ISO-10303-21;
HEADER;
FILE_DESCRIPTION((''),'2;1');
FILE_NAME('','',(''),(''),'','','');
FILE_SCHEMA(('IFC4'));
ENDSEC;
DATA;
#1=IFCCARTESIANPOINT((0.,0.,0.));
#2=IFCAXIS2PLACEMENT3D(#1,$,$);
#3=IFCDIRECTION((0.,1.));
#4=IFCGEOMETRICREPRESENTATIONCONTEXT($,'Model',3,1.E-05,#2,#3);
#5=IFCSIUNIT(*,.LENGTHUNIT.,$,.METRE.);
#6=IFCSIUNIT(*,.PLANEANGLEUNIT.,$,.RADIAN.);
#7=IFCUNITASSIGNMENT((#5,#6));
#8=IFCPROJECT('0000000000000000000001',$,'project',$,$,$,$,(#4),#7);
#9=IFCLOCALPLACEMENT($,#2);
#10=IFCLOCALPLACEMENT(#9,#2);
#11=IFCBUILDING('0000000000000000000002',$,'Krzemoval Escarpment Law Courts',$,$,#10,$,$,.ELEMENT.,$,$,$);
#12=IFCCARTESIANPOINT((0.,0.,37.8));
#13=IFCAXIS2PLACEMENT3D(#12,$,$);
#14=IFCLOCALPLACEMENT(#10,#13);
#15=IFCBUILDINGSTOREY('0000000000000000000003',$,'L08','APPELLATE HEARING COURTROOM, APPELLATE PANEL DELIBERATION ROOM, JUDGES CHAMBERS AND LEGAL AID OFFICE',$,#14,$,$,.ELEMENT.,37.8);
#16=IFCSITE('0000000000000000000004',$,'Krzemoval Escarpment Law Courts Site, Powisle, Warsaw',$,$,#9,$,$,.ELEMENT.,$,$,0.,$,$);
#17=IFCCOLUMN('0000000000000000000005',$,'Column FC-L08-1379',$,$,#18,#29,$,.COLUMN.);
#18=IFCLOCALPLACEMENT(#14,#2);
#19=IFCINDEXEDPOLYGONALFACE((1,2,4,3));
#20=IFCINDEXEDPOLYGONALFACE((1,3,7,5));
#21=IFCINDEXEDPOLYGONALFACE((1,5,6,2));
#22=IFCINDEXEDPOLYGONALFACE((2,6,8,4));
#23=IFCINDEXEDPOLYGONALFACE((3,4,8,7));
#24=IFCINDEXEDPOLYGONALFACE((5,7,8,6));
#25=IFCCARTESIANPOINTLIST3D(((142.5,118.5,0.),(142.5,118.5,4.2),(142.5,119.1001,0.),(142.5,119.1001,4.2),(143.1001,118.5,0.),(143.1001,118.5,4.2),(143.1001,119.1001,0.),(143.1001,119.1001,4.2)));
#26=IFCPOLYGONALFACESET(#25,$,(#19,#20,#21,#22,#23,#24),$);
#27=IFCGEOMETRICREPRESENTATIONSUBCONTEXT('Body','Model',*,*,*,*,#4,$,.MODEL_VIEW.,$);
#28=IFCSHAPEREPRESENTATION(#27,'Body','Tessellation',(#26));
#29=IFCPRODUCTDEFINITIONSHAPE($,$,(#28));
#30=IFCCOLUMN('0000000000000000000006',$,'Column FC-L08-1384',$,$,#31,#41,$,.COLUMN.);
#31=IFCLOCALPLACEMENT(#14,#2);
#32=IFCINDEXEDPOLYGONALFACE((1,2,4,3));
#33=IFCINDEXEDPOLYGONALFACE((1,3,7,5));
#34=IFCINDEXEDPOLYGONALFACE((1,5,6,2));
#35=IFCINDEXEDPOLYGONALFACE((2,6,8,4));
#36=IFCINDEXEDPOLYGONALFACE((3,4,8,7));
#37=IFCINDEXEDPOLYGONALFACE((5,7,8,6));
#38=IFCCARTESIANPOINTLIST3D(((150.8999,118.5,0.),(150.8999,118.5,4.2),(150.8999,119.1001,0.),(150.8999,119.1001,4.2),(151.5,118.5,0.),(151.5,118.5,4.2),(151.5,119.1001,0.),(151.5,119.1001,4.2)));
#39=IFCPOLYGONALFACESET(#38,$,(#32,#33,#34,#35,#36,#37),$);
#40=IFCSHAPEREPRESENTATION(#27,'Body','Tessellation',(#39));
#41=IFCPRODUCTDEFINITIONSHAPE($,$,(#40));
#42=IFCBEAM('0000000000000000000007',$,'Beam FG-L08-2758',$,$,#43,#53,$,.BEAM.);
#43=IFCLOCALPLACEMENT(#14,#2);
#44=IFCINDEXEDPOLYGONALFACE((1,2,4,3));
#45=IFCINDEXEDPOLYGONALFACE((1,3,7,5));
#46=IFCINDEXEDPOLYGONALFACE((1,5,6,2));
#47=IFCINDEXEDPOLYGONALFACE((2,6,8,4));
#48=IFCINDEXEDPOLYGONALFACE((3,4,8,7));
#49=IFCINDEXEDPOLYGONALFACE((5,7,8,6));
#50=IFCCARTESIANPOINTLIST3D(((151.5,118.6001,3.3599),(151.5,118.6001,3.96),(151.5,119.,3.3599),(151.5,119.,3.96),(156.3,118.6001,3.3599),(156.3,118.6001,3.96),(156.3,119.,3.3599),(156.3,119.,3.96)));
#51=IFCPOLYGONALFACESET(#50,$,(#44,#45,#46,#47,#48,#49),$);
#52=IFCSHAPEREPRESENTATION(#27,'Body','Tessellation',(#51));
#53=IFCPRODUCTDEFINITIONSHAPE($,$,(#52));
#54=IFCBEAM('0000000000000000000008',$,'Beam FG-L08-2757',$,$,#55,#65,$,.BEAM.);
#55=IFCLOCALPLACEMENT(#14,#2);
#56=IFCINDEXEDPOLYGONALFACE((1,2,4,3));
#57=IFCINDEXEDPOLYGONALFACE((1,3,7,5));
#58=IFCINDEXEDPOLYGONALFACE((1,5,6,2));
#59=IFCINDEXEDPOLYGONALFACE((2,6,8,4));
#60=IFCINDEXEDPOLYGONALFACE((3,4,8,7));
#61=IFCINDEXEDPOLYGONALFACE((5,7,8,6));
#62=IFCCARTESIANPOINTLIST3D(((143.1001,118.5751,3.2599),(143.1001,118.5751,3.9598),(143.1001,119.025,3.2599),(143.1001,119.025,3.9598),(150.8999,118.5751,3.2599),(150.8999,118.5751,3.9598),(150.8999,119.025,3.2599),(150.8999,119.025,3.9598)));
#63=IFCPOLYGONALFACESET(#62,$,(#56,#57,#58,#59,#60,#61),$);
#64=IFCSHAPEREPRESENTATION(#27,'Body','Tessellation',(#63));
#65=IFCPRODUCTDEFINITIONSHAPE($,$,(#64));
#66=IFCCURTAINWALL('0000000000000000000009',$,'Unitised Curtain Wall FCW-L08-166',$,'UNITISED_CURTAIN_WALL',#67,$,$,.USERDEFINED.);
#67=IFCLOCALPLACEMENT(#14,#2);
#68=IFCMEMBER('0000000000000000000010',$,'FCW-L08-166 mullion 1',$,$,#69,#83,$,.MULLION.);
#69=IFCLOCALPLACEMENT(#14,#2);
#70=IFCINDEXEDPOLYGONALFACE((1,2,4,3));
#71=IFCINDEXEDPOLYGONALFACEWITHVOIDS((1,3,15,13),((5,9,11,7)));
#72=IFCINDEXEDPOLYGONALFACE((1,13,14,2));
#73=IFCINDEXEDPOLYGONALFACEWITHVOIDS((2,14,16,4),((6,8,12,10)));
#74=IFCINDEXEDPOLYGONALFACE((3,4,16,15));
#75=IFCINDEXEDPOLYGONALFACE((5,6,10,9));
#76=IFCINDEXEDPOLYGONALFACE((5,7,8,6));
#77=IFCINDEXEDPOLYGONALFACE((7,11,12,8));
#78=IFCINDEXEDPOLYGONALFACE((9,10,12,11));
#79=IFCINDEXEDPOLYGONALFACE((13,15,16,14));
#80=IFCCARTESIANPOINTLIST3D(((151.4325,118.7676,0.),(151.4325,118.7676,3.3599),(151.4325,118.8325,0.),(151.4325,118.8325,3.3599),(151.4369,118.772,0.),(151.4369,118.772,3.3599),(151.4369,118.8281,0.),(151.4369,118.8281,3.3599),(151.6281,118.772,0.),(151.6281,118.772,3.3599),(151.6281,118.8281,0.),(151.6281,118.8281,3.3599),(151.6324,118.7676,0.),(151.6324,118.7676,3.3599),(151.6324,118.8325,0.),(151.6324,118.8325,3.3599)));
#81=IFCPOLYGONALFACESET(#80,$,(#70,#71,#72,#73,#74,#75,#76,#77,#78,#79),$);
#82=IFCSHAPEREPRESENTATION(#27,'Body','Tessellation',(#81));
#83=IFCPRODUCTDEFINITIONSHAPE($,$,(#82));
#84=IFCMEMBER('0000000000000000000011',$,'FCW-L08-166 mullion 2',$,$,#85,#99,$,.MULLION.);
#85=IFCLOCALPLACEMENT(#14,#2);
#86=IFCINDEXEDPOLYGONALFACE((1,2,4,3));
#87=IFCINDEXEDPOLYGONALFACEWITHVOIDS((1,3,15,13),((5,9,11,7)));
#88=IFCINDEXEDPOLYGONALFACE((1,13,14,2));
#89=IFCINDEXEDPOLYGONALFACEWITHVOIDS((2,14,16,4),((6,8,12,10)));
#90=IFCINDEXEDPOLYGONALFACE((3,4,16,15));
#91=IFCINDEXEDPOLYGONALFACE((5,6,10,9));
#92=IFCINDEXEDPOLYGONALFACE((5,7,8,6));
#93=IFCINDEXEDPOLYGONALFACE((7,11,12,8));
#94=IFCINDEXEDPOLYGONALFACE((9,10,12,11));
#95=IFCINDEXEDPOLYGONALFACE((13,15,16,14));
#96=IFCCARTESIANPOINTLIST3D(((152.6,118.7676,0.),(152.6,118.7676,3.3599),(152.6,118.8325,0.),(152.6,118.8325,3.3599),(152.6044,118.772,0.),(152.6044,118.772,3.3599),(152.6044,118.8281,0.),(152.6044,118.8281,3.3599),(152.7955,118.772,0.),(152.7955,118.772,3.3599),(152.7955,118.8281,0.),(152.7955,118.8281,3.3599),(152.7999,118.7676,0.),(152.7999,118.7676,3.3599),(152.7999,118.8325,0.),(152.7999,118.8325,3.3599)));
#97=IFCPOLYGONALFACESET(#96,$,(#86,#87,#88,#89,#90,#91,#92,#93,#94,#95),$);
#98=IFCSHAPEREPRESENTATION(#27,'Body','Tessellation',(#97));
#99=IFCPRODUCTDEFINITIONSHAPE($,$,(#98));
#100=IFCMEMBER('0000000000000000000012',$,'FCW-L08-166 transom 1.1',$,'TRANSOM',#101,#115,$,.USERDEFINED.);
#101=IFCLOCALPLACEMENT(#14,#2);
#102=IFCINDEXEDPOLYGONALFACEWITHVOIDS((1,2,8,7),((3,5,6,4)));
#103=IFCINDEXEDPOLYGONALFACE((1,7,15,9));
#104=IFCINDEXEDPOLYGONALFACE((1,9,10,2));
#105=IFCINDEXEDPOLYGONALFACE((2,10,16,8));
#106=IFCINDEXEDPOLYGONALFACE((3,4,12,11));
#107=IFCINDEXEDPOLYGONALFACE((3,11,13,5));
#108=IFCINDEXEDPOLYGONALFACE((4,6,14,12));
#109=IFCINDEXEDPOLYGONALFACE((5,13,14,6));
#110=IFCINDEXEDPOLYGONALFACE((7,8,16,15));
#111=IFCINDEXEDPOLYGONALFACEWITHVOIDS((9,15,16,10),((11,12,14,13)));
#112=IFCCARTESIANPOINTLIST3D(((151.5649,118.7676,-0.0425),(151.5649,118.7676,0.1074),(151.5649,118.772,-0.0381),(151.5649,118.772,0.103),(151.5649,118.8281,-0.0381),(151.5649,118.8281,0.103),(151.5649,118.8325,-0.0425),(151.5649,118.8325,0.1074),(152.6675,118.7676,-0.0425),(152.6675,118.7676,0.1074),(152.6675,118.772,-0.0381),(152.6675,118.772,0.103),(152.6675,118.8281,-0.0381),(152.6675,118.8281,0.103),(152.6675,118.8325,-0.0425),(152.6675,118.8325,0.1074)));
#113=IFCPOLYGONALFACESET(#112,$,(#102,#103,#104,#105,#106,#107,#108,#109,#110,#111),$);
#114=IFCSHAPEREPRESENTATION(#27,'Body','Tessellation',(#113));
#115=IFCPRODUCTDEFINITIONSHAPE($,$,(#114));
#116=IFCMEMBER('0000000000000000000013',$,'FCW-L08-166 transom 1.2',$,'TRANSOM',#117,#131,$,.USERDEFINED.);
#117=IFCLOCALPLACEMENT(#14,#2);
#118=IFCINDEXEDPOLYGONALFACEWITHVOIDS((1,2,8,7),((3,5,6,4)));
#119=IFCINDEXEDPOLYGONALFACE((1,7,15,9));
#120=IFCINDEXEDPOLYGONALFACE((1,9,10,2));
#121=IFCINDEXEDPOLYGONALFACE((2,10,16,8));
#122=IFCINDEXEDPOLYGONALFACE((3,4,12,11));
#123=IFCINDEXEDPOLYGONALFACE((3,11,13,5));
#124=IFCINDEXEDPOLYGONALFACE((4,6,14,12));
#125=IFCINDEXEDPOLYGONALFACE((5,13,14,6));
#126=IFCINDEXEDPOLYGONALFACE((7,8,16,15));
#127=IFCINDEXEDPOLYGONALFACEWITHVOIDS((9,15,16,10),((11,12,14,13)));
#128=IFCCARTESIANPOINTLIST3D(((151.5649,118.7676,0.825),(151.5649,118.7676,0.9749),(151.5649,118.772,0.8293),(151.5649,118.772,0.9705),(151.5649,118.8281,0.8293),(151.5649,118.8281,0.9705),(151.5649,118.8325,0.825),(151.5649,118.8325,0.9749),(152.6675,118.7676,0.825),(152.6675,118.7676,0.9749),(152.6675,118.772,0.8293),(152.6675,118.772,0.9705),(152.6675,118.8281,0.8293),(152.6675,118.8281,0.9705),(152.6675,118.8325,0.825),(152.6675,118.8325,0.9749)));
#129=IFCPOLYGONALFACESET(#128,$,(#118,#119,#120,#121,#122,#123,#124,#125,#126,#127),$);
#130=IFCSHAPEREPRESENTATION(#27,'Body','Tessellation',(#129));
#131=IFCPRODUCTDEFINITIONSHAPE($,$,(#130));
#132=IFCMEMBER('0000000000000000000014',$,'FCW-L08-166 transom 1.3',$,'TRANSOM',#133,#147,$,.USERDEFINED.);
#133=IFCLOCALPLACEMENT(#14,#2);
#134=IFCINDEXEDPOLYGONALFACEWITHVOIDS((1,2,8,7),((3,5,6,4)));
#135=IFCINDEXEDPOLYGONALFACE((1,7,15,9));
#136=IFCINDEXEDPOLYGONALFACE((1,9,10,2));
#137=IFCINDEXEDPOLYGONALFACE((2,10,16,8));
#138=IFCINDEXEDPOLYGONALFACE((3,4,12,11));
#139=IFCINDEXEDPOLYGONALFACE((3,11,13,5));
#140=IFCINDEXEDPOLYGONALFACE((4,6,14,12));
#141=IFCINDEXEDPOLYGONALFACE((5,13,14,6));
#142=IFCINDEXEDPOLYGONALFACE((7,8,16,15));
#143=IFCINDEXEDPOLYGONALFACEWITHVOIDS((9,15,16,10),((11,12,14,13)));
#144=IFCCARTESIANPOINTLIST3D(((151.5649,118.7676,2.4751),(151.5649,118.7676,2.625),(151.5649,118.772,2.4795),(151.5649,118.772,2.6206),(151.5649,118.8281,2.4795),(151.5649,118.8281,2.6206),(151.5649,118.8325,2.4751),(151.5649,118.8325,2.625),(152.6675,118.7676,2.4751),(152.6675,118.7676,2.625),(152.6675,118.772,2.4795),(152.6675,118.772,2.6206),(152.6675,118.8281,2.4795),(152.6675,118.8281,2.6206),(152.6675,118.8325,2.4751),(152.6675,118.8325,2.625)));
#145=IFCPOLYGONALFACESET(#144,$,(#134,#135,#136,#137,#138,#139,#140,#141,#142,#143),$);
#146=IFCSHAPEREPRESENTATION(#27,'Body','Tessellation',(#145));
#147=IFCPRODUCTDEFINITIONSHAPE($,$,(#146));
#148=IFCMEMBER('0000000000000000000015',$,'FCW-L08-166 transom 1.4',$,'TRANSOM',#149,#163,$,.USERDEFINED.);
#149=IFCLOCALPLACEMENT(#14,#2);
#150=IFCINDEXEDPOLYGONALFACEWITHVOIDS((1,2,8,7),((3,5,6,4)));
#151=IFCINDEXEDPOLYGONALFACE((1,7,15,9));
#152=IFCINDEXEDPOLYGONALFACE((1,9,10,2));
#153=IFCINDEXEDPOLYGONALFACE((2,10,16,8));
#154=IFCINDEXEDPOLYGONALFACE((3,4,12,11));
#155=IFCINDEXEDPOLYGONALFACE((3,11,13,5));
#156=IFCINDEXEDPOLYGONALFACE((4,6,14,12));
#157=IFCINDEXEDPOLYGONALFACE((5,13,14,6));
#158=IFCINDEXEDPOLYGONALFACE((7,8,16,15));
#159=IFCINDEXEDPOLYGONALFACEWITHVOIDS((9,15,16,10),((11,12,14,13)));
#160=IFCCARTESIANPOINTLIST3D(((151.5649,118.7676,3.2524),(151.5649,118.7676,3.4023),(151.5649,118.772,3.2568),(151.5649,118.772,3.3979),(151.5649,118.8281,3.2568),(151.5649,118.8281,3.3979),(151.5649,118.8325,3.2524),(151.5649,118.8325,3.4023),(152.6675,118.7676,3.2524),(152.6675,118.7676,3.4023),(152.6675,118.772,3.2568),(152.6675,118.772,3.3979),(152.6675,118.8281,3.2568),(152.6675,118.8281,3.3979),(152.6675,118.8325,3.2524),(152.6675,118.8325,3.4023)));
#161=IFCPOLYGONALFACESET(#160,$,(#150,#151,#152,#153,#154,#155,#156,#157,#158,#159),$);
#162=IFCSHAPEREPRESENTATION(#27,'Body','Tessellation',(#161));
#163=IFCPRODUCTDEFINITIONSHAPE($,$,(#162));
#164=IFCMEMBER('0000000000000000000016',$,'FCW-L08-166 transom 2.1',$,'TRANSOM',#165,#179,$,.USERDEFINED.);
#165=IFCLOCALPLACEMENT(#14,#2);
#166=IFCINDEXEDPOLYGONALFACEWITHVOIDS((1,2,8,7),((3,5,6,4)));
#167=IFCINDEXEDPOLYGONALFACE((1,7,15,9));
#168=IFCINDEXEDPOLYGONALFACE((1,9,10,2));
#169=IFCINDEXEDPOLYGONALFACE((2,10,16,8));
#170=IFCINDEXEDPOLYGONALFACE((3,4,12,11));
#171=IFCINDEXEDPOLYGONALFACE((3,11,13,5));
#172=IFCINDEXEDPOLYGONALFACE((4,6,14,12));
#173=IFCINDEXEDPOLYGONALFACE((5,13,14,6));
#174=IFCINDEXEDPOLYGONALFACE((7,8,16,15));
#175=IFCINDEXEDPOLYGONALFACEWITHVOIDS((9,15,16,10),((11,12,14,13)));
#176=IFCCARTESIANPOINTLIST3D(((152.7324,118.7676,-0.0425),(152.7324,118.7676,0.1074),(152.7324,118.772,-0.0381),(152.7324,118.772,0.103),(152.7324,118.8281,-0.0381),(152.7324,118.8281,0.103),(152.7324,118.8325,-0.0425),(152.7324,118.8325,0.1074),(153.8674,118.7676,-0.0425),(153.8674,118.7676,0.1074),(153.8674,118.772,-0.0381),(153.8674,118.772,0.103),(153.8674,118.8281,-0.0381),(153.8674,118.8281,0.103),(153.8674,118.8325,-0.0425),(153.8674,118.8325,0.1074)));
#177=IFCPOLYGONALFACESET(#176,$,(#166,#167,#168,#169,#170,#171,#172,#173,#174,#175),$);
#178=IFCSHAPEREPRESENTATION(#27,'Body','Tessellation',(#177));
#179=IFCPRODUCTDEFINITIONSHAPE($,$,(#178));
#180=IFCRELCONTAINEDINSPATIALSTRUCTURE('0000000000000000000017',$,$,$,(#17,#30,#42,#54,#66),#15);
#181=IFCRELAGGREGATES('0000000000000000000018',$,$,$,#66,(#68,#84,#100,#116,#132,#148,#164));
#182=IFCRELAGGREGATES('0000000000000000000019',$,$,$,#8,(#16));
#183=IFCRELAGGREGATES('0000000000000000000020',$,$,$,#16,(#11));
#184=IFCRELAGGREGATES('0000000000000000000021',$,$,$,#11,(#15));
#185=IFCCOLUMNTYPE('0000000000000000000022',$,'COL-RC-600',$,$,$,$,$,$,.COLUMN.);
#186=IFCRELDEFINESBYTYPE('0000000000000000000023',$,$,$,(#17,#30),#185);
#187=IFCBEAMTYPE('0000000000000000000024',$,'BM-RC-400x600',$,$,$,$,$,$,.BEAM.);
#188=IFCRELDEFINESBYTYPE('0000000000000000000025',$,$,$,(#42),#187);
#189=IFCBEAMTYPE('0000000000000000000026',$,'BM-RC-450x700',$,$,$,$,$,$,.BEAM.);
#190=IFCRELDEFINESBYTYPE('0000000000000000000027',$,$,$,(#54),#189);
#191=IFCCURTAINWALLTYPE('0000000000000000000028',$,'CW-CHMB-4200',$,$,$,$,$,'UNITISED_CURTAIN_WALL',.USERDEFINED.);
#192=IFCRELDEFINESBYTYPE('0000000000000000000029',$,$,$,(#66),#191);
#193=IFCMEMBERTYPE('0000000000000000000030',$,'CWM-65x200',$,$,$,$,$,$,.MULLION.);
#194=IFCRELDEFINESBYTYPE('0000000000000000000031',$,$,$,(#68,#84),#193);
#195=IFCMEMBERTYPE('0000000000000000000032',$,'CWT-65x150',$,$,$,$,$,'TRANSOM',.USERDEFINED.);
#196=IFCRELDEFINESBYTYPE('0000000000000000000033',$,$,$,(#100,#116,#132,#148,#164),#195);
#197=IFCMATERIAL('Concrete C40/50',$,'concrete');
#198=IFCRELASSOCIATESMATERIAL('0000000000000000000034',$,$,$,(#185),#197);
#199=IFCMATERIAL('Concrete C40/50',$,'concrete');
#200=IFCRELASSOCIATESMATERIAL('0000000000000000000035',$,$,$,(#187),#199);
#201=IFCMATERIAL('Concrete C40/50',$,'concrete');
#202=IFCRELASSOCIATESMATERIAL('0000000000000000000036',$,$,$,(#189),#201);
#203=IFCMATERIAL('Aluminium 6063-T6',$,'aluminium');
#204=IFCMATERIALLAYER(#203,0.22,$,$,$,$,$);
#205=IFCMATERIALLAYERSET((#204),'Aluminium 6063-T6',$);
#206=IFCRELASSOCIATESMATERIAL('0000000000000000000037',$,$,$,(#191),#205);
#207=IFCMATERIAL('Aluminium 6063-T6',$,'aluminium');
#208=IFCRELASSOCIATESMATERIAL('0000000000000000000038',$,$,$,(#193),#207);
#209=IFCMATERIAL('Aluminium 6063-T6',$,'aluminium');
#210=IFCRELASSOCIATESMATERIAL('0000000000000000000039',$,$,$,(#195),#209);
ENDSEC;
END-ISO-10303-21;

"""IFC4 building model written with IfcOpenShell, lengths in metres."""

from ifc_helpers import new_model, si_unit, direction, frame, origin, origin_2d, place, context, subcontext, project, spatial, rectangle, hollow_rectangle, extrude, material, layer, layer_set, material_profile, profile_set, type_object, element, aggregate, save


model = new_model("IFC4")

# Units and contexts
model_context = context("Model", 3, precision=1e-05, world=origin(), true_north=direction((0.0, 1.0)))
body_context = subcontext(model_context, "Body", "Model", "MODEL_VIEW")
ifc_project = project(units=[si_unit("LENGTHUNIT", "METRE"), si_unit("PLANEANGLEUNIT", "RADIAN")], contexts=[model_context])

# Site, building, storey
site_placement = place(None, origin())
site = spatial("IfcSite", under=ifc_project, at=site_placement, Name="Krzemoval Escarpment Law Courts Site, Powisle, Warsaw", CompositionType="ELEMENT", RefElevation=0.0)
building_placement = place(site_placement, origin())
building = spatial("IfcBuilding", under=site, at=building_placement, Name="Krzemoval Escarpment Law Courts", CompositionType="ELEMENT")
storey_placement = place(building_placement, frame((0.0, 0.0, 37.8)))
storey = spatial("IfcBuildingStorey", under=building, at=storey_placement, Name="L08", Description="APPELLATE HEARING COURTROOM, APPELLATE PANEL DELIBERATION ROOM, JUDGES CHAMBERS AND LEGAL AID OFFICE", CompositionType="ELEMENT", Elevation=37.8)

# Columns
ifc_material_1 = material(Name="Concrete C40/50", Category="concrete")
ifc_material_profile_1 = material_profile(ifc_material_1, rectangle(XDim=0.6001, YDim=0.6001, at=origin_2d()), Name="RC 600x600")
ifc_profile_set_1 = profile_set([ifc_material_profile_1], Name="Concrete C40/50")
column_type = type_object("IfcColumnType", Name="COL-RC-600", PredefinedType="COLUMN", material=ifc_profile_set_1)
for number, where, z_axis, x_axis, name in (
    (1, (142.8, 118.8, 0.0), (0.0, 0.0, 1.0), (1.0, 0.0, 0.0), "Column FC-L08-1379"),
    (2, (151.2, 118.8, 0.0), (0.0, 0.0, 1.0), (1.0, 0.0, 0.0), "Column FC-L08-1384"),
):
    element("IfcColumn", number, at=place(storey_placement, frame(where, z_axis=z_axis, x_axis=x_axis)), inside=storey, type_object=column_type, Name=name, PredefinedType="COLUMN", context=body_context, shape_type="SweptSolid", body=[
        extrude(rectangle(XDim=0.6001, YDim=0.6001, at=origin_2d()), origin(), (0.0, 0.0, 1.0), 4.2),
    ])

# Beams
ifc_material_2 = material(Name="Concrete C40/50", Category="concrete")
ifc_material_profile_2 = material_profile(ifc_material_2, rectangle(XDim=0.3999, YDim=0.6001, at=origin_2d()), Name="RCB 400x600")
ifc_profile_set_2 = profile_set([ifc_material_profile_2], Name="Concrete C40/50")
beam_type_1 = type_object("IfcBeamType", Name="BM-RC-400x600", PredefinedType="BEAM", material=ifc_profile_set_2)
beam_1_placement = place(storey_placement, frame((151.5, 118.8, 3.6599), z_axis=(1.0, 0.0, 0.0), x_axis=(0.0, 1.0, 0.0)))
element("IfcBeam", 3, at=beam_1_placement, inside=storey, type_object=beam_type_1, Name="Beam FG-L08-2758", PredefinedType="BEAM", context=body_context, shape_type="SweptSolid", body=[
    extrude(rectangle(XDim=0.3999, YDim=0.6001, at=origin_2d()), origin(), (0.0, 0.0, 1.0), 4.8),
])
ifc_material_3 = material(Name="Concrete C40/50", Category="concrete")
ifc_material_profile_3 = material_profile(ifc_material_3, rectangle(XDim=0.45, YDim=0.7, at=origin_2d()), Name="RCB 450x700")
ifc_profile_set_3 = profile_set([ifc_material_profile_3], Name="Concrete C40/50")
beam_type_2 = type_object("IfcBeamType", Name="BM-RC-450x700", PredefinedType="BEAM", material=ifc_profile_set_3)
beam_2_placement = place(storey_placement, frame((143.1001, 118.8, 3.6099), z_axis=(1.0, 0.0, 0.0), x_axis=(0.0, 1.0, 0.0)))
element("IfcBeam", 4, at=beam_2_placement, inside=storey, type_object=beam_type_2, Name="Beam FG-L08-2757", PredefinedType="BEAM", context=body_context, shape_type="SweptSolid", body=[
    extrude(rectangle(XDim=0.45, YDim=0.7, at=origin_2d()), origin(), (0.0, 0.0, 1.0), 7.7998),
])

# Curtain wall, members
ifc_material_4 = material(Name="Aluminium 6063-T6", Category="aluminium")
ifc_layer_1 = layer(ifc_material_4, 0.22)
ifc_layer_set_1 = layer_set([ifc_layer_1], Name="Aluminium 6063-T6")
curtain_wall_type = type_object("IfcCurtainWallType", Name="CW-CHMB-4200", ElementType="UNITISED_CURTAIN_WALL", PredefinedType="USERDEFINED", material=ifc_layer_set_1)
curtain_wall_placement = place(storey_placement, origin())
curtain_wall = element("IfcCurtainWall", 5, at=curtain_wall_placement, inside=storey, type_object=curtain_wall_type, Name="Unitised Curtain Wall FCW-L08-166", ObjectType="UNITISED_CURTAIN_WALL", PredefinedType="USERDEFINED")
ifc_material_5 = material(Name="Aluminium 6063-T6", Category="aluminium")
ifc_material_profile_4 = material_profile(ifc_material_5, hollow_rectangle(XDim=0.0649, YDim=0.2, WallThickness=0.0044, at=origin_2d()), Name="ALU M65x200")
ifc_profile_set_4 = profile_set([ifc_material_profile_4], Name="Aluminium 6063-T6")
member_type_1 = type_object("IfcMemberType", Name="CWM-65x200", PredefinedType="MULLION", material=ifc_profile_set_4)
member_1_placement = place(storey_placement, frame((151.5325, 118.8, 0.0), z_axis=(0.0, 0.0, 1.0), x_axis=(0.0, 1.0, 0.0)))
member_1 = element("IfcMember", 6, at=member_1_placement, type_object=member_type_1, Name="FCW-L08-166 mullion 1", PredefinedType="MULLION", context=body_context, shape_type="SweptSolid", body=[
    extrude(hollow_rectangle(XDim=0.0649, YDim=0.2, WallThickness=0.0044, at=origin_2d()), origin(), (0.0, 0.0, 1.0), 3.3599),
])
member_2_placement = place(storey_placement, frame((152.7, 118.8, 0.0), z_axis=(0.0, 0.0, 1.0), x_axis=(0.0, 1.0, 0.0)))
member_2 = element("IfcMember", 7, at=member_2_placement, type_object=member_type_1, Name="FCW-L08-166 mullion 2", PredefinedType="MULLION", context=body_context, shape_type="SweptSolid", body=[
    extrude(hollow_rectangle(XDim=0.0649, YDim=0.2, WallThickness=0.0044, at=origin_2d()), origin(), (0.0, 0.0, 1.0), 3.3599),
])
ifc_material_6 = material(Name="Aluminium 6063-T6", Category="aluminium")
ifc_material_profile_5 = material_profile(ifc_material_6, hollow_rectangle(XDim=0.0649, YDim=0.1499, WallThickness=0.0044, at=origin_2d()), Name="ALU T65x150")
ifc_profile_set_5 = profile_set([ifc_material_profile_5], Name="Aluminium 6063-T6")
member_type_2 = type_object("IfcMemberType", Name="CWT-65x150", ElementType="TRANSOM", PredefinedType="USERDEFINED", material=ifc_profile_set_5)
member_3_placement = place(storey_placement, frame((151.5649, 118.8, 0.0325), z_axis=(1.0, 0.0, 0.0), x_axis=(0.0, 1.0, 0.0)))
member_3 = element("IfcMember", 8, at=member_3_placement, type_object=member_type_2, Name="FCW-L08-166 transom 1.1", ObjectType="TRANSOM", PredefinedType="USERDEFINED", context=body_context, shape_type="SweptSolid", body=[
    extrude(hollow_rectangle(XDim=0.0649, YDim=0.1499, WallThickness=0.0044, at=origin_2d()), origin(), (0.0, 0.0, 1.0), 1.1025),
])
member_4_placement = place(storey_placement, frame((151.5649, 118.8, 0.8999), z_axis=(1.0, 0.0, 0.0), x_axis=(0.0, 1.0, 0.0)))
member_4 = element("IfcMember", 9, at=member_4_placement, type_object=member_type_2, Name="FCW-L08-166 transom 1.2", ObjectType="TRANSOM", PredefinedType="USERDEFINED", context=body_context, shape_type="SweptSolid", body=[
    extrude(hollow_rectangle(XDim=0.0649, YDim=0.1499, WallThickness=0.0044, at=origin_2d()), origin(), (0.0, 0.0, 1.0), 1.1025),
])
member_5_placement = place(storey_placement, frame((151.5649, 118.8, 2.55), z_axis=(1.0, 0.0, 0.0), x_axis=(0.0, 1.0, 0.0)))
member_5 = element("IfcMember", 10, at=member_5_placement, type_object=member_type_2, Name="FCW-L08-166 transom 1.3", ObjectType="TRANSOM", PredefinedType="USERDEFINED", context=body_context, shape_type="SweptSolid", body=[
    extrude(hollow_rectangle(XDim=0.0649, YDim=0.1499, WallThickness=0.0044, at=origin_2d()), origin(), (0.0, 0.0, 1.0), 1.1025),
])
member_6_placement = place(storey_placement, frame((151.5649, 118.8, 3.3274), z_axis=(1.0, 0.0, 0.0), x_axis=(0.0, 1.0, 0.0)))
member_6 = element("IfcMember", 11, at=member_6_placement, type_object=member_type_2, Name="FCW-L08-166 transom 1.4", ObjectType="TRANSOM", PredefinedType="USERDEFINED", context=body_context, shape_type="SweptSolid", body=[
    extrude(hollow_rectangle(XDim=0.0649, YDim=0.1499, WallThickness=0.0044, at=origin_2d()), origin(), (0.0, 0.0, 1.0), 1.1025),
])
member_7_placement = place(storey_placement, frame((152.7324, 118.8, 0.0325), z_axis=(1.0, 0.0, 0.0), x_axis=(0.0, 1.0, 0.0)))
member_7 = element("IfcMember", 12, at=member_7_placement, type_object=member_type_2, Name="FCW-L08-166 transom 2.1", ObjectType="TRANSOM", PredefinedType="USERDEFINED", context=body_context, shape_type="SweptSolid", body=[
    extrude(hollow_rectangle(XDim=0.0649, YDim=0.1499, WallThickness=0.0044, at=origin_2d()), origin(), (0.0, 0.0, 1.0), 1.135),
])
aggregate(curtain_wall, [member_1, member_2, member_3, member_4, member_5, member_6, member_7])

save(model, "model.ifc")
